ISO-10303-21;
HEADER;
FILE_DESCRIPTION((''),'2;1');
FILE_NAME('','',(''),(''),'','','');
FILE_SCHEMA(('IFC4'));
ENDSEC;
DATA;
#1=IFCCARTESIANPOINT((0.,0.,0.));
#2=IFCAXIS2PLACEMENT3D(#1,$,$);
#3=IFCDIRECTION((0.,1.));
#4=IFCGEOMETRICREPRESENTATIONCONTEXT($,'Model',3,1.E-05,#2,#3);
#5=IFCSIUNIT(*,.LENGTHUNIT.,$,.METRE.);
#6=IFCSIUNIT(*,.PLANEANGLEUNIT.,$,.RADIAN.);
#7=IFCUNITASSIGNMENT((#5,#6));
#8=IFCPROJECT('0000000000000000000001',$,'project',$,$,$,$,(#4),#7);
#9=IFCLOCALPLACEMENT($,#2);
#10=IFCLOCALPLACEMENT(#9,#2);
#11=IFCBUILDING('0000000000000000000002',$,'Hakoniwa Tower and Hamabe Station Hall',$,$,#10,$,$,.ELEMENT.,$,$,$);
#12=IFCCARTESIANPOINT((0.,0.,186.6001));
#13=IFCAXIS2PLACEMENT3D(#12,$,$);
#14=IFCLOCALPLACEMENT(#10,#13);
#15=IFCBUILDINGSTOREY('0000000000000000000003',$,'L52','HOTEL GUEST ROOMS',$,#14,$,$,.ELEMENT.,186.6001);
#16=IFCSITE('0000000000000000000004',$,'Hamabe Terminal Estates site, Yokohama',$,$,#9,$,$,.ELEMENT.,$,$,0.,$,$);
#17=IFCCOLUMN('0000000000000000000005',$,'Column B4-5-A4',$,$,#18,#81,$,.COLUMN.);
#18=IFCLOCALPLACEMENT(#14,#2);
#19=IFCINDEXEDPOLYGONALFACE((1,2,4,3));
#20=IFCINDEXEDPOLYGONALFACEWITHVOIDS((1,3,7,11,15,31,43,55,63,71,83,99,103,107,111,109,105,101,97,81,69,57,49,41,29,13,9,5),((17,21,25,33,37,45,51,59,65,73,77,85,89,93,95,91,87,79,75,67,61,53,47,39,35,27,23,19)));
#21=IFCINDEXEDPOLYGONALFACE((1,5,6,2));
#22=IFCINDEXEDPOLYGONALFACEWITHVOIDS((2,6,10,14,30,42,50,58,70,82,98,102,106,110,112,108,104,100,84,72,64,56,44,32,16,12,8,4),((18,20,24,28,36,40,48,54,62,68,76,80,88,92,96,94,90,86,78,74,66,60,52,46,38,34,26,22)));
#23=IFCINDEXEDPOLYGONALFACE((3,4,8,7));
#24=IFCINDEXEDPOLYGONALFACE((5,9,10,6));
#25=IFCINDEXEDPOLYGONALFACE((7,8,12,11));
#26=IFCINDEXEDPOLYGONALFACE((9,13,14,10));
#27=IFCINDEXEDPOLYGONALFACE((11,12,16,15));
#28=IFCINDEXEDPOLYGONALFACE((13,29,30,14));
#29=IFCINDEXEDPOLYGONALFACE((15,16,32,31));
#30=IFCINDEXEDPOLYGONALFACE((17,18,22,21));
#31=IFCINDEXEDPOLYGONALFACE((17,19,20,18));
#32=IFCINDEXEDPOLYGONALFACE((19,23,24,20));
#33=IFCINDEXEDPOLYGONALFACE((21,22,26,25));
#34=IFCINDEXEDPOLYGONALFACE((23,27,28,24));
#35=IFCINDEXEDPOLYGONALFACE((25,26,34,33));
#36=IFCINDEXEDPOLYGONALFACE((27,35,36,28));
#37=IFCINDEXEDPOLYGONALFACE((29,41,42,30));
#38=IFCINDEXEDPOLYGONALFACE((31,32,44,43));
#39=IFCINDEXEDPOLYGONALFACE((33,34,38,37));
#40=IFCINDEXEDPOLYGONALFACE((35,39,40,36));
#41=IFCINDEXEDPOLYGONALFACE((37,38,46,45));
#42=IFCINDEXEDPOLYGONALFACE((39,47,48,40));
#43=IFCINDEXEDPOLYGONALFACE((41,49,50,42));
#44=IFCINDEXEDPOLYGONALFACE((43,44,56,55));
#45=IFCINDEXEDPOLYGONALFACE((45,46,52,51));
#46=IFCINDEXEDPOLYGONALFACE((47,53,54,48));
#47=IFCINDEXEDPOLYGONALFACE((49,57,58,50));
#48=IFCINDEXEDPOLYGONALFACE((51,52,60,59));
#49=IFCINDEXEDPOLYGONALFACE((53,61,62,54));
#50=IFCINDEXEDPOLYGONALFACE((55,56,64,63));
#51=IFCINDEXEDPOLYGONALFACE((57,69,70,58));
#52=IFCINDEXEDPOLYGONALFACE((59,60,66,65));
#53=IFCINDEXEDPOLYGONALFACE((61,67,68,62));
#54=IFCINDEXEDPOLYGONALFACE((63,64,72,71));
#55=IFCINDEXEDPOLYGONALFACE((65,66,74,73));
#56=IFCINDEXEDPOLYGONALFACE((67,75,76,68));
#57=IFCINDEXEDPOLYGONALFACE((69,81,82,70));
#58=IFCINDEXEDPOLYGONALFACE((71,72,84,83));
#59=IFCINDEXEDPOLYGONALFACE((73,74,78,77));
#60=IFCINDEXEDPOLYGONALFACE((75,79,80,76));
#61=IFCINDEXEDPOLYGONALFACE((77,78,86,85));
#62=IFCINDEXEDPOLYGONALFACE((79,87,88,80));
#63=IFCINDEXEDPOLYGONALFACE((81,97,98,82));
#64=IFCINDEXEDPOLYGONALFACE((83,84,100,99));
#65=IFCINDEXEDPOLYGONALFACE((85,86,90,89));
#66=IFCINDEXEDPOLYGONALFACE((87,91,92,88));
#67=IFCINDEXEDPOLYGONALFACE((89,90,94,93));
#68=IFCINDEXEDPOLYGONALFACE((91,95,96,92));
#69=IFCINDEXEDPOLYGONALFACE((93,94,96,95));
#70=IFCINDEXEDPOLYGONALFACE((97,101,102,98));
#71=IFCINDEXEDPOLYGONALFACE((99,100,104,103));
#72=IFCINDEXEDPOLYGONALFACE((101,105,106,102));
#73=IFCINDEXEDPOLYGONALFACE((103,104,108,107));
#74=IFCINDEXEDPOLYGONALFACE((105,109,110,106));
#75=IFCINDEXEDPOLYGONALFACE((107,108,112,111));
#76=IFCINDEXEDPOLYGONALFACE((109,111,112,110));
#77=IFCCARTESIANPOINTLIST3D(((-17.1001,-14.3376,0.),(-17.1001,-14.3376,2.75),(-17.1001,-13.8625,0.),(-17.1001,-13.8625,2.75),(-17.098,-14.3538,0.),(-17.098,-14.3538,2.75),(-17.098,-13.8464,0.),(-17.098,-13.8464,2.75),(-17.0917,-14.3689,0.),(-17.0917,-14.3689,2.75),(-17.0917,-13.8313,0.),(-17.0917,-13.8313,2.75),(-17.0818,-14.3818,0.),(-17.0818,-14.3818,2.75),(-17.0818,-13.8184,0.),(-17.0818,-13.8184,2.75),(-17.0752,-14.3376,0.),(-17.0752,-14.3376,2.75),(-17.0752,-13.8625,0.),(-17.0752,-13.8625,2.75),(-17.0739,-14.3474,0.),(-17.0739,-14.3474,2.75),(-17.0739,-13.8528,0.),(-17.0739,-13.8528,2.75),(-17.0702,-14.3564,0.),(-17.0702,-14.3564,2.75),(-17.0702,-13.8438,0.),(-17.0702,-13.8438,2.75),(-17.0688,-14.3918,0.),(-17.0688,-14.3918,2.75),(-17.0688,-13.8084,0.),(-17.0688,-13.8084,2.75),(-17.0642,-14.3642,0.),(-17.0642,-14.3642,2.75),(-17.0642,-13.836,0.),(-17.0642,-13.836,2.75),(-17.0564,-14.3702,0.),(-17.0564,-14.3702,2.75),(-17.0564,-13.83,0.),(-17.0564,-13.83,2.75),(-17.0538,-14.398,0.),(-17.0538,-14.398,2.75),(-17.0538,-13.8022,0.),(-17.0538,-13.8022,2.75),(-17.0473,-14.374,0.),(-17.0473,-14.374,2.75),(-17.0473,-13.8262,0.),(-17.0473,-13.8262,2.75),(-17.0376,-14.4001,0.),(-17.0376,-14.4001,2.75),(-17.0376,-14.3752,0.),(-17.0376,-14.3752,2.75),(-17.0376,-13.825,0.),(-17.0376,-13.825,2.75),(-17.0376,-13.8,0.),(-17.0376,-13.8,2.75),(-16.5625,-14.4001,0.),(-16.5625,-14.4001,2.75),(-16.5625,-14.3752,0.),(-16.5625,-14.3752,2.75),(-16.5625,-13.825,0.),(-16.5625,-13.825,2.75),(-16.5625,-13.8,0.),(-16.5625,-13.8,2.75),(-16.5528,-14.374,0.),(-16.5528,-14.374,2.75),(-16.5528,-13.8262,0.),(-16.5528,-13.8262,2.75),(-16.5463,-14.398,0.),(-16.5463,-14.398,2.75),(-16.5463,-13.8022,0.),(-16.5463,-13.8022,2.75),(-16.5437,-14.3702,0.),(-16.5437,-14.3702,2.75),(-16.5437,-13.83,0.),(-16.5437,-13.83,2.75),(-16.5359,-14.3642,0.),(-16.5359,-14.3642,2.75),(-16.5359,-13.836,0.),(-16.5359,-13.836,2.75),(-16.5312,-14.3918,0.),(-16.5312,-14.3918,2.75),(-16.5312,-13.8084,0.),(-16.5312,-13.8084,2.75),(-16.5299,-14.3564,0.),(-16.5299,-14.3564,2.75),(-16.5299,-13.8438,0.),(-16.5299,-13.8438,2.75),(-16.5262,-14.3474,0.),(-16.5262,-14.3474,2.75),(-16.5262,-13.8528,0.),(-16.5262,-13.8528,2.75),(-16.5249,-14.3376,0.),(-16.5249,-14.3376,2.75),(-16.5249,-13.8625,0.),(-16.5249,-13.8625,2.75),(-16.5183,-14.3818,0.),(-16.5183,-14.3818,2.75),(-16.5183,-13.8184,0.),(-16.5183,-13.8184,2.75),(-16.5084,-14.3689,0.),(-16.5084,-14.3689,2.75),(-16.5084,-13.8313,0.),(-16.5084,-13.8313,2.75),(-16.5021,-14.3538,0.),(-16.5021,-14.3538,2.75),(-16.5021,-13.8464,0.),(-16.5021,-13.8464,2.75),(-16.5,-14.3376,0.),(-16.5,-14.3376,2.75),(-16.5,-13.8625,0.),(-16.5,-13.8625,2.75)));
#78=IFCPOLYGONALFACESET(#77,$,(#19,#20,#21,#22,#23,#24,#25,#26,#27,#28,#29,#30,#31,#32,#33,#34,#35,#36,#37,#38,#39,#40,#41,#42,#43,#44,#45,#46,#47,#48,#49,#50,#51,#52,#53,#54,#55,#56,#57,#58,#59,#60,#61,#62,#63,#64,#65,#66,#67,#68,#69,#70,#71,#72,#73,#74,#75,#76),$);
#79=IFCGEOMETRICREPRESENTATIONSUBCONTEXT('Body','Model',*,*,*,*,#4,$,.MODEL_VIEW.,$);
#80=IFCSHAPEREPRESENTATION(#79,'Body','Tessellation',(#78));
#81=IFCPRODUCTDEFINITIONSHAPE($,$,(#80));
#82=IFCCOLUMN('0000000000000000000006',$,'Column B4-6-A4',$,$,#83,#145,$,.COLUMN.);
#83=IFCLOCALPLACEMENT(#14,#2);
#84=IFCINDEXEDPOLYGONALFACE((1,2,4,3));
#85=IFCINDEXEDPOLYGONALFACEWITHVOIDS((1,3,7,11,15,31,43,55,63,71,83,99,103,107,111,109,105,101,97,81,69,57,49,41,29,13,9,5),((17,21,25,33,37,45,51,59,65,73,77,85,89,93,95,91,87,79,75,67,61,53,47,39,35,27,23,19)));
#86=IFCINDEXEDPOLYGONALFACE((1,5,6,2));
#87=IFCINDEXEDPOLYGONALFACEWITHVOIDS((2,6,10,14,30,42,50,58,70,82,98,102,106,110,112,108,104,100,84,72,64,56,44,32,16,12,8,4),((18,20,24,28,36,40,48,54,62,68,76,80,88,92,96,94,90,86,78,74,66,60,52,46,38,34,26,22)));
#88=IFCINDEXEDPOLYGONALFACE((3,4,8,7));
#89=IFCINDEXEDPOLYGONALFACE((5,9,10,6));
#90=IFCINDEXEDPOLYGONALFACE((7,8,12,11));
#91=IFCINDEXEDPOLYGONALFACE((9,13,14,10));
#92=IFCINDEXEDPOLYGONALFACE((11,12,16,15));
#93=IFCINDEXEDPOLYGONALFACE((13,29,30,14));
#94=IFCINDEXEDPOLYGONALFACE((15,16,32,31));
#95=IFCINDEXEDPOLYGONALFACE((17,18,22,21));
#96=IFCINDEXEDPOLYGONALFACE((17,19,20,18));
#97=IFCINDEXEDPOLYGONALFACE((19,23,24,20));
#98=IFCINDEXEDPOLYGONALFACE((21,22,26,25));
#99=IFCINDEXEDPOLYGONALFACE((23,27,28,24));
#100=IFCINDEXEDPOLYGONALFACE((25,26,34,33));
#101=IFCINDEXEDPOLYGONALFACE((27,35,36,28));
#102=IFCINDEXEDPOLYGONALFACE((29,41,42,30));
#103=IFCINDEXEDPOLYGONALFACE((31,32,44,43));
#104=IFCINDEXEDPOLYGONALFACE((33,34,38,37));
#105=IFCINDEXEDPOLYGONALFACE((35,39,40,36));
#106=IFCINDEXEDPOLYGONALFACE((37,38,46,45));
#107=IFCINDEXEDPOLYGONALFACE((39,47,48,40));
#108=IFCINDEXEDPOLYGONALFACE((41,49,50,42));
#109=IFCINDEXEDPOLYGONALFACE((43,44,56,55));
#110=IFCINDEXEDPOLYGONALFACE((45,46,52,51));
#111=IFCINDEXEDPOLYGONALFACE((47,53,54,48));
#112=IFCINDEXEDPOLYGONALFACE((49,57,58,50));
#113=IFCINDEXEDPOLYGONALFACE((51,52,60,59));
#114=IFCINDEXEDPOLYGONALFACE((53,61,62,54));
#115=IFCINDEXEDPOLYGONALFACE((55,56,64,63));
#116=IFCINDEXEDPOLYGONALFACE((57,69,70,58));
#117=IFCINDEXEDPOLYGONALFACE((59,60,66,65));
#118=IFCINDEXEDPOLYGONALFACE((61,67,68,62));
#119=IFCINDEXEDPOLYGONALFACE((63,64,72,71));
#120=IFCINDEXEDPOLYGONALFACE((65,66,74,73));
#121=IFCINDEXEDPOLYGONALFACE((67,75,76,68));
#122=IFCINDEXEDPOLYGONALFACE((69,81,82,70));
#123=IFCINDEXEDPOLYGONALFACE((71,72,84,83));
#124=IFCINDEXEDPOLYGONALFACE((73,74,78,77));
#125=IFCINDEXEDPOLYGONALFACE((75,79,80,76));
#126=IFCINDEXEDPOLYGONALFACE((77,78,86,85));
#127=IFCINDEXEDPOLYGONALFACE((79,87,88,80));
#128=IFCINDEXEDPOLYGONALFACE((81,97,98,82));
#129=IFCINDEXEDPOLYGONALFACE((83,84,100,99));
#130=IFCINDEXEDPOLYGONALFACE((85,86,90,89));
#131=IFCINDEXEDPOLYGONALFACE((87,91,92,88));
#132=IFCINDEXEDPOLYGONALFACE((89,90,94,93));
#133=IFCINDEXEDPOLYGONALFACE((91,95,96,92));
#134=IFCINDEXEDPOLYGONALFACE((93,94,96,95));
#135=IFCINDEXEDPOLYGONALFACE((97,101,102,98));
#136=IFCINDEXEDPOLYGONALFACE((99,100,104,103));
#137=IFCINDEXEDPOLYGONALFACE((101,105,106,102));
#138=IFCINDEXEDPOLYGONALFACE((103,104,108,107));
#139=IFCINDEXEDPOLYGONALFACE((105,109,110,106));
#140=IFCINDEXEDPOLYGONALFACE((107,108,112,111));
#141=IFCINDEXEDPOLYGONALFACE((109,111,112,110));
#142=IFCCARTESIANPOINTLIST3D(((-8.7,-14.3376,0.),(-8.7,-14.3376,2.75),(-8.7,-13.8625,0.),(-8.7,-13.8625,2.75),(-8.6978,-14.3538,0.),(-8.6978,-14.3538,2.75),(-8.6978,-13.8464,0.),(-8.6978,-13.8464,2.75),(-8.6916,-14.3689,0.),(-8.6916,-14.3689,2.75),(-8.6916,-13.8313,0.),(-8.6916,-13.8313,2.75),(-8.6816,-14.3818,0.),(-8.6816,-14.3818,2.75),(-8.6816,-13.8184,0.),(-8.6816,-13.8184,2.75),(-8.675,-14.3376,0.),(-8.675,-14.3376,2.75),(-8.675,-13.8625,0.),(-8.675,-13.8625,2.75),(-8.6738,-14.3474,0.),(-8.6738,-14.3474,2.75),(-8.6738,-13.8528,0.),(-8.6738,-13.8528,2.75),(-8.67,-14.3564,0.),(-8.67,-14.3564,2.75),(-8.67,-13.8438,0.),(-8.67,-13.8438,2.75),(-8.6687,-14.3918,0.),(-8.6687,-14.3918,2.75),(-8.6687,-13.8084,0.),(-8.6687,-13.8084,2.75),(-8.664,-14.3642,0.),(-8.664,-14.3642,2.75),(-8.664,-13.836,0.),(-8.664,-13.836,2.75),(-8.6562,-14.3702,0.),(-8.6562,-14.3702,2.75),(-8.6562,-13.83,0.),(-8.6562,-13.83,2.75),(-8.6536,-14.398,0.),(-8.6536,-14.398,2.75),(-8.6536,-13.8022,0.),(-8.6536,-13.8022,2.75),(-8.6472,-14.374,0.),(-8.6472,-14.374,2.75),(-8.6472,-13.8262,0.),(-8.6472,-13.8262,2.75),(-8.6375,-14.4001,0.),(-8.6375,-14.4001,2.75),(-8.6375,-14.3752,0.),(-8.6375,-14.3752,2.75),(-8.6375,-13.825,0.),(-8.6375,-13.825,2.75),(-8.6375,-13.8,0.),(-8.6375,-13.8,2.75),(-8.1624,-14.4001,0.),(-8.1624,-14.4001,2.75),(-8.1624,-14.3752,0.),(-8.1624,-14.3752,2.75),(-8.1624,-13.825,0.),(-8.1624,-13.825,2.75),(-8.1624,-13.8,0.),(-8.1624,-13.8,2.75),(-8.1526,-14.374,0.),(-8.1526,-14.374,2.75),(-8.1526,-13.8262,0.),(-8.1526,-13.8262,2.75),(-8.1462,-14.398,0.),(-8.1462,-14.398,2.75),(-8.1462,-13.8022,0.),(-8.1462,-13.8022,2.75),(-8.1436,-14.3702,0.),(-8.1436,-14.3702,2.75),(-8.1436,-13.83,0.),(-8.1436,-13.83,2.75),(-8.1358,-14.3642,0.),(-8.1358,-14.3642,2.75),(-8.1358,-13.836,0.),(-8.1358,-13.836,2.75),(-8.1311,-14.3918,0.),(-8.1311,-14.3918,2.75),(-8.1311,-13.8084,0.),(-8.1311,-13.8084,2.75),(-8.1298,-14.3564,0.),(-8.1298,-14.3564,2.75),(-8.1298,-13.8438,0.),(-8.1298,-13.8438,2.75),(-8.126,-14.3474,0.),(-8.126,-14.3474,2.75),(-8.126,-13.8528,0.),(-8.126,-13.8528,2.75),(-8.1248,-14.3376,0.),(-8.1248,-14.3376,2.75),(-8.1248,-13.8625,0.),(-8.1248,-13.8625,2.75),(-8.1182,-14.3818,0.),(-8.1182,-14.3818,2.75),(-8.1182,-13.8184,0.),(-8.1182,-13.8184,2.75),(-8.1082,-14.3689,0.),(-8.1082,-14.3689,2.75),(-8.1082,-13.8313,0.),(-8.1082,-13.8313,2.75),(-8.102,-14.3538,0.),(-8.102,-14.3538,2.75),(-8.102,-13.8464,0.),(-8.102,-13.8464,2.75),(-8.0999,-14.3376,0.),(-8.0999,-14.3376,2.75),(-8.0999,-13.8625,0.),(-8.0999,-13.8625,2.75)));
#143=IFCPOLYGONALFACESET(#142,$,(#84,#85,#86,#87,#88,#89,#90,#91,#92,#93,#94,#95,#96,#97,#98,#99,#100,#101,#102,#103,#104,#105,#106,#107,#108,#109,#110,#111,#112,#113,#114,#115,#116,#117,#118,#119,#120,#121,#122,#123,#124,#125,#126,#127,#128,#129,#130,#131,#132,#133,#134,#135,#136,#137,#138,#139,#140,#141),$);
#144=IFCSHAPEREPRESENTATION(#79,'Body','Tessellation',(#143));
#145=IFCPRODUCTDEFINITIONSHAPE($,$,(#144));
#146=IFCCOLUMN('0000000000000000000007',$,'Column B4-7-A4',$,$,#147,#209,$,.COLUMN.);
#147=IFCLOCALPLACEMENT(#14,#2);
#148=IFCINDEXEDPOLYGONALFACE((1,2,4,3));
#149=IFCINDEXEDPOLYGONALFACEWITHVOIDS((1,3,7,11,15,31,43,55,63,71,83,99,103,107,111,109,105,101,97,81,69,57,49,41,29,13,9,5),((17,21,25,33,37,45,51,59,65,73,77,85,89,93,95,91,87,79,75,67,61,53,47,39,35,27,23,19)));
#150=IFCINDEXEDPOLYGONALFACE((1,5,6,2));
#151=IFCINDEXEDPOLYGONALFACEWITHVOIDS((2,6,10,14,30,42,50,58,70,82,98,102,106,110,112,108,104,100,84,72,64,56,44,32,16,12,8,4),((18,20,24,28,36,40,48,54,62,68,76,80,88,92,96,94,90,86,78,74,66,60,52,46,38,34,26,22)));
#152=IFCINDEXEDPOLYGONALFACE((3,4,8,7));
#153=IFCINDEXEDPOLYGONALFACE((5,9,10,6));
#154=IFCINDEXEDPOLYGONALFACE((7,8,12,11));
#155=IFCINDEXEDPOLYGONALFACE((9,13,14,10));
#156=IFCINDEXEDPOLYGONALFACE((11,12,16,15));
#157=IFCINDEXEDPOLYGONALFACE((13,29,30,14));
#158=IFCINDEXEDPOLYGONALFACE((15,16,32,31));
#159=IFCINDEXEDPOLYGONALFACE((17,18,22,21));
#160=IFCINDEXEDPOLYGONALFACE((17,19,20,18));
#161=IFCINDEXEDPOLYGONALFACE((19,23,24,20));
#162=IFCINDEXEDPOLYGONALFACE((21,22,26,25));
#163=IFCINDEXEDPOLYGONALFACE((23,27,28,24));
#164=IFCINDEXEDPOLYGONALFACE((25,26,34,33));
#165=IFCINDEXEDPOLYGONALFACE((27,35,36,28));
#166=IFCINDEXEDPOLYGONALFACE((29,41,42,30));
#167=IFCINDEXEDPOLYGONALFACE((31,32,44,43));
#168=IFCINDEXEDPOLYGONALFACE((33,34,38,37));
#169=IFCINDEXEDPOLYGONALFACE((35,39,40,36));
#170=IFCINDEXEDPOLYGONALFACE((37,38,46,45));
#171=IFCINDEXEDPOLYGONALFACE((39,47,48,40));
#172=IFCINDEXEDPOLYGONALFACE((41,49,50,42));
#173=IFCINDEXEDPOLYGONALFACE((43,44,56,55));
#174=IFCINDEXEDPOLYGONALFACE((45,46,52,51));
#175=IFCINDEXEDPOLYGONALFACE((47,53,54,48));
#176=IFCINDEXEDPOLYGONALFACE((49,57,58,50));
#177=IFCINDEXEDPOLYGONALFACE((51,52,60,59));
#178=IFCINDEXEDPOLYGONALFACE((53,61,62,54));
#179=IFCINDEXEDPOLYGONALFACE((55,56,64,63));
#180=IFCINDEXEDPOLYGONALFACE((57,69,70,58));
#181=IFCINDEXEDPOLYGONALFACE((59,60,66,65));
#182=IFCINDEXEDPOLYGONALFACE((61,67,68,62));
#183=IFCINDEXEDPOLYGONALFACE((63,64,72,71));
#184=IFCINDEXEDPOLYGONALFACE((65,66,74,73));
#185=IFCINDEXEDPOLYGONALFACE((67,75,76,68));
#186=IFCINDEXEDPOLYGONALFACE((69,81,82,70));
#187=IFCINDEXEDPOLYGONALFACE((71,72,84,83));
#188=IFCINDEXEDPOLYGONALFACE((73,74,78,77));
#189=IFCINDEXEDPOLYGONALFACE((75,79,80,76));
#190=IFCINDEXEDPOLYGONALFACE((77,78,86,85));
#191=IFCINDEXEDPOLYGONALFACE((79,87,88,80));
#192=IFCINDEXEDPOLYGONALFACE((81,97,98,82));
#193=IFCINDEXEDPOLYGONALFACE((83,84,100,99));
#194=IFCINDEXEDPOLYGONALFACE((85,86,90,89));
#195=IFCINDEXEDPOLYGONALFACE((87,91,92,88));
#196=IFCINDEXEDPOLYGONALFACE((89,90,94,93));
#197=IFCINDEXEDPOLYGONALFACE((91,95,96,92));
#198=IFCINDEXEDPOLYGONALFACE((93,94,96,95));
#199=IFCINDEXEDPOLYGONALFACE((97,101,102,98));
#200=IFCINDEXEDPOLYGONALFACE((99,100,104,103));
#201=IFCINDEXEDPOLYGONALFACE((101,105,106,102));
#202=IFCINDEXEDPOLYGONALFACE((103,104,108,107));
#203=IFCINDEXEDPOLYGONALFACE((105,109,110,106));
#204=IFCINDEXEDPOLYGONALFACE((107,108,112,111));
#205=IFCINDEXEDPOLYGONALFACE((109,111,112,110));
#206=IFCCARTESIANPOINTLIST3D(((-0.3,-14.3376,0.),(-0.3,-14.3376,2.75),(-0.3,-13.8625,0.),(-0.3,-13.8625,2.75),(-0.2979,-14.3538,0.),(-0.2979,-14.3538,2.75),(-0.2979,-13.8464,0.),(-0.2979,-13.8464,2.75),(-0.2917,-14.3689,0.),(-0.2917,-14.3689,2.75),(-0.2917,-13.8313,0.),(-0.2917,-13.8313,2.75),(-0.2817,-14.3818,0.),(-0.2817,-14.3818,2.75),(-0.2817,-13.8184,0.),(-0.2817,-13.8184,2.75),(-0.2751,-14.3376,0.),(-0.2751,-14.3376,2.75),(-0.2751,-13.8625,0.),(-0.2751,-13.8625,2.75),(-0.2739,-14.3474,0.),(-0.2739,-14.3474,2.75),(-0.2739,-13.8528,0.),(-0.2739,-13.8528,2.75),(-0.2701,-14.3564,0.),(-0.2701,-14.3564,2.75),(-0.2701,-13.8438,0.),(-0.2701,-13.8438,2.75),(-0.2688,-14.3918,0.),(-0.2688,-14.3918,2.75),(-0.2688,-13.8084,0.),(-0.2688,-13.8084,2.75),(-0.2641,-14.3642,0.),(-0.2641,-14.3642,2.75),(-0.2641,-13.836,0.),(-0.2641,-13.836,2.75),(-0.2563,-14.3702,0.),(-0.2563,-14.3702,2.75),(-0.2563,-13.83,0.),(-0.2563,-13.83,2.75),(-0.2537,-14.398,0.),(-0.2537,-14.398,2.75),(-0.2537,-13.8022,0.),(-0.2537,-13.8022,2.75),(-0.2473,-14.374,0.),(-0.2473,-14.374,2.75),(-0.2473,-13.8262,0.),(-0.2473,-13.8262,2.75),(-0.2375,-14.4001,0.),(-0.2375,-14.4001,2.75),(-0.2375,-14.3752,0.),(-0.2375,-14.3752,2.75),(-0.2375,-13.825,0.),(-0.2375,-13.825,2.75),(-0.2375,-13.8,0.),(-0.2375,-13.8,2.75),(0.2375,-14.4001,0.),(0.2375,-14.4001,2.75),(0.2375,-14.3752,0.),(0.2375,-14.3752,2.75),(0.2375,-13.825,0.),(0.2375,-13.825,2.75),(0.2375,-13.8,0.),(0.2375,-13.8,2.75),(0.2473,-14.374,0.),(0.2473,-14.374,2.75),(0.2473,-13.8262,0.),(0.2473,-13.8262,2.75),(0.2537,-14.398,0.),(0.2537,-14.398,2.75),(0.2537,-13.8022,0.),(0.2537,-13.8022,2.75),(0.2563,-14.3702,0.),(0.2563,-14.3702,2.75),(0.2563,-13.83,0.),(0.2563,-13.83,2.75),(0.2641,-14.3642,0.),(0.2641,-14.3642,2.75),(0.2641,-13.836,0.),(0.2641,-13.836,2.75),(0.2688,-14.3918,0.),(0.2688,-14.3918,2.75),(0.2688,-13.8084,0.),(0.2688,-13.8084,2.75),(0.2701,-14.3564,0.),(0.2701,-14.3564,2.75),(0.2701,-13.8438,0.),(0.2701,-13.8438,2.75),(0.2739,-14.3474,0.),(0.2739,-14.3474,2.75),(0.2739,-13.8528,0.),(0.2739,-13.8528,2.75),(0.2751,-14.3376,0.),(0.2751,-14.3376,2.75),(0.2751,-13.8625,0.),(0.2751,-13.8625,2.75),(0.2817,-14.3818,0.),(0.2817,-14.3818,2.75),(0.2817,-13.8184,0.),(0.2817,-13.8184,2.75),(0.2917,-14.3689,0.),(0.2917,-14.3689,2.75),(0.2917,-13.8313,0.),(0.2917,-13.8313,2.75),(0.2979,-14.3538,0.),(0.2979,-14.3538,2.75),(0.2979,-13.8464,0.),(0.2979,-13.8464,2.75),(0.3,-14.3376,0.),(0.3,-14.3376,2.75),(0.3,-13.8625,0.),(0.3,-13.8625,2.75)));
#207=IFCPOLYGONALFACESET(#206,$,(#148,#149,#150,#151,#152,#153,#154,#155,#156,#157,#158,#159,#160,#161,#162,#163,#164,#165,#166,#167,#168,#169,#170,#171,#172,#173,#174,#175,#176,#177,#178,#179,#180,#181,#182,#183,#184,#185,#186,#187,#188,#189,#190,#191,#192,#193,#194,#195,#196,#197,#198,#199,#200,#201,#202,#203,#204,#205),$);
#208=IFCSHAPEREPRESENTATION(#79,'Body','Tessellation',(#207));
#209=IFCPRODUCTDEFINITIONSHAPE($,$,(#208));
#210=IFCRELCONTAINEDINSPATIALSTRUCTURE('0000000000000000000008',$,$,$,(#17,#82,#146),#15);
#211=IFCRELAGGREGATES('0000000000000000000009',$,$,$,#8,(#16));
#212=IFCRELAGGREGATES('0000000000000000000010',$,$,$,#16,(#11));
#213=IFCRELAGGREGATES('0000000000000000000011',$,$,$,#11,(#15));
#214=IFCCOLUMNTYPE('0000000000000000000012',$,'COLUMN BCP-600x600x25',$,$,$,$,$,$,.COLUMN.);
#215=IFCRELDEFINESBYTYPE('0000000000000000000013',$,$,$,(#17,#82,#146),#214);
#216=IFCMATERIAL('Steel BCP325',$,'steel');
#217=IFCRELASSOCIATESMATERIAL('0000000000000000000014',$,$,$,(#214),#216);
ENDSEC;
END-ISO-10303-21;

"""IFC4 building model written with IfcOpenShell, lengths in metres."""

from ifc_helpers import new_model, si_unit, direction, frame, origin, origin_2d, place, context, subcontext, project, spatial, hollow_rectangle, extrude, material, material_profile, profile_set, type_object, element, save


model = new_model("IFC4")

# Units and contexts
model_context = context("Model", 3, precision=1e-05, world=origin(), true_north=direction((0.0, 1.0)))
body_context = subcontext(model_context, "Body", "Model", "MODEL_VIEW")
ifc_project = project(units=[si_unit("LENGTHUNIT", "METRE"), si_unit("PLANEANGLEUNIT", "RADIAN")], contexts=[model_context])

# Site, building, storey
site_placement = place(None, origin())
site = spatial("IfcSite", under=ifc_project, at=site_placement, Name="Hamabe Terminal Estates site, Yokohama", CompositionType="ELEMENT", RefElevation=0.0)
building_placement = place(site_placement, origin())
building = spatial("IfcBuilding", under=site, at=building_placement, Name="Hakoniwa Tower and Hamabe Station Hall", CompositionType="ELEMENT")
storey_placement = place(building_placement, frame((0.0, 0.0, 186.6001)))
storey = spatial("IfcBuildingStorey", under=building, at=storey_placement, Name="L52", Description="HOTEL GUEST ROOMS", CompositionType="ELEMENT", Elevation=186.6001)

# Columns
ifc_material_1 = material(Name="Steel BCP325", Category="steel")
ifc_material_profile_1 = material_profile(ifc_material_1, hollow_rectangle(XDim=0.6001, YDim=0.6001, WallThickness=0.0249, InnerFilletRadius=0.0376, OuterFilletRadius=0.0625, at=origin_2d()), Name="BCP-600x600x25")
ifc_profile_set_1 = profile_set([ifc_material_profile_1], Name="Steel BCP325")
column_type_1 = type_object("IfcColumnType", Name="COLUMN BCP-600x600x25", PredefinedType="COLUMN", material=ifc_profile_set_1)
for number, where, z_axis, x_axis, name in (
    (1, (-16.8, -14.1001, 0.0), (0.0, 0.0, 1.0), (1.0, 0.0, 0.0), "Column B4-5-A4"),
    (2, (-8.3999, -14.1001, 0.0), (0.0, 0.0, 1.0), (1.0, 0.0, 0.0), "Column B4-6-A4"),
    (3, (0.0, -14.1001, 0.0), (0.0, 0.0, 1.0), (1.0, 0.0, 0.0), "Column B4-7-A4"),
):
    element("IfcColumn", number, at=place(storey_placement, frame(where, z_axis=z_axis, x_axis=x_axis)), inside=storey, type_object=column_type_1, Name=name, PredefinedType="COLUMN", context=body_context, shape_type="SweptSolid", body=[
        extrude(hollow_rectangle(XDim=0.6001, YDim=0.6001, WallThickness=0.0249, InnerFilletRadius=0.0376, OuterFilletRadius=0.0625, at=origin_2d()), origin(), (0.0, 0.0, 1.0), 2.75),
    ])

save(model, "model.ifc")
